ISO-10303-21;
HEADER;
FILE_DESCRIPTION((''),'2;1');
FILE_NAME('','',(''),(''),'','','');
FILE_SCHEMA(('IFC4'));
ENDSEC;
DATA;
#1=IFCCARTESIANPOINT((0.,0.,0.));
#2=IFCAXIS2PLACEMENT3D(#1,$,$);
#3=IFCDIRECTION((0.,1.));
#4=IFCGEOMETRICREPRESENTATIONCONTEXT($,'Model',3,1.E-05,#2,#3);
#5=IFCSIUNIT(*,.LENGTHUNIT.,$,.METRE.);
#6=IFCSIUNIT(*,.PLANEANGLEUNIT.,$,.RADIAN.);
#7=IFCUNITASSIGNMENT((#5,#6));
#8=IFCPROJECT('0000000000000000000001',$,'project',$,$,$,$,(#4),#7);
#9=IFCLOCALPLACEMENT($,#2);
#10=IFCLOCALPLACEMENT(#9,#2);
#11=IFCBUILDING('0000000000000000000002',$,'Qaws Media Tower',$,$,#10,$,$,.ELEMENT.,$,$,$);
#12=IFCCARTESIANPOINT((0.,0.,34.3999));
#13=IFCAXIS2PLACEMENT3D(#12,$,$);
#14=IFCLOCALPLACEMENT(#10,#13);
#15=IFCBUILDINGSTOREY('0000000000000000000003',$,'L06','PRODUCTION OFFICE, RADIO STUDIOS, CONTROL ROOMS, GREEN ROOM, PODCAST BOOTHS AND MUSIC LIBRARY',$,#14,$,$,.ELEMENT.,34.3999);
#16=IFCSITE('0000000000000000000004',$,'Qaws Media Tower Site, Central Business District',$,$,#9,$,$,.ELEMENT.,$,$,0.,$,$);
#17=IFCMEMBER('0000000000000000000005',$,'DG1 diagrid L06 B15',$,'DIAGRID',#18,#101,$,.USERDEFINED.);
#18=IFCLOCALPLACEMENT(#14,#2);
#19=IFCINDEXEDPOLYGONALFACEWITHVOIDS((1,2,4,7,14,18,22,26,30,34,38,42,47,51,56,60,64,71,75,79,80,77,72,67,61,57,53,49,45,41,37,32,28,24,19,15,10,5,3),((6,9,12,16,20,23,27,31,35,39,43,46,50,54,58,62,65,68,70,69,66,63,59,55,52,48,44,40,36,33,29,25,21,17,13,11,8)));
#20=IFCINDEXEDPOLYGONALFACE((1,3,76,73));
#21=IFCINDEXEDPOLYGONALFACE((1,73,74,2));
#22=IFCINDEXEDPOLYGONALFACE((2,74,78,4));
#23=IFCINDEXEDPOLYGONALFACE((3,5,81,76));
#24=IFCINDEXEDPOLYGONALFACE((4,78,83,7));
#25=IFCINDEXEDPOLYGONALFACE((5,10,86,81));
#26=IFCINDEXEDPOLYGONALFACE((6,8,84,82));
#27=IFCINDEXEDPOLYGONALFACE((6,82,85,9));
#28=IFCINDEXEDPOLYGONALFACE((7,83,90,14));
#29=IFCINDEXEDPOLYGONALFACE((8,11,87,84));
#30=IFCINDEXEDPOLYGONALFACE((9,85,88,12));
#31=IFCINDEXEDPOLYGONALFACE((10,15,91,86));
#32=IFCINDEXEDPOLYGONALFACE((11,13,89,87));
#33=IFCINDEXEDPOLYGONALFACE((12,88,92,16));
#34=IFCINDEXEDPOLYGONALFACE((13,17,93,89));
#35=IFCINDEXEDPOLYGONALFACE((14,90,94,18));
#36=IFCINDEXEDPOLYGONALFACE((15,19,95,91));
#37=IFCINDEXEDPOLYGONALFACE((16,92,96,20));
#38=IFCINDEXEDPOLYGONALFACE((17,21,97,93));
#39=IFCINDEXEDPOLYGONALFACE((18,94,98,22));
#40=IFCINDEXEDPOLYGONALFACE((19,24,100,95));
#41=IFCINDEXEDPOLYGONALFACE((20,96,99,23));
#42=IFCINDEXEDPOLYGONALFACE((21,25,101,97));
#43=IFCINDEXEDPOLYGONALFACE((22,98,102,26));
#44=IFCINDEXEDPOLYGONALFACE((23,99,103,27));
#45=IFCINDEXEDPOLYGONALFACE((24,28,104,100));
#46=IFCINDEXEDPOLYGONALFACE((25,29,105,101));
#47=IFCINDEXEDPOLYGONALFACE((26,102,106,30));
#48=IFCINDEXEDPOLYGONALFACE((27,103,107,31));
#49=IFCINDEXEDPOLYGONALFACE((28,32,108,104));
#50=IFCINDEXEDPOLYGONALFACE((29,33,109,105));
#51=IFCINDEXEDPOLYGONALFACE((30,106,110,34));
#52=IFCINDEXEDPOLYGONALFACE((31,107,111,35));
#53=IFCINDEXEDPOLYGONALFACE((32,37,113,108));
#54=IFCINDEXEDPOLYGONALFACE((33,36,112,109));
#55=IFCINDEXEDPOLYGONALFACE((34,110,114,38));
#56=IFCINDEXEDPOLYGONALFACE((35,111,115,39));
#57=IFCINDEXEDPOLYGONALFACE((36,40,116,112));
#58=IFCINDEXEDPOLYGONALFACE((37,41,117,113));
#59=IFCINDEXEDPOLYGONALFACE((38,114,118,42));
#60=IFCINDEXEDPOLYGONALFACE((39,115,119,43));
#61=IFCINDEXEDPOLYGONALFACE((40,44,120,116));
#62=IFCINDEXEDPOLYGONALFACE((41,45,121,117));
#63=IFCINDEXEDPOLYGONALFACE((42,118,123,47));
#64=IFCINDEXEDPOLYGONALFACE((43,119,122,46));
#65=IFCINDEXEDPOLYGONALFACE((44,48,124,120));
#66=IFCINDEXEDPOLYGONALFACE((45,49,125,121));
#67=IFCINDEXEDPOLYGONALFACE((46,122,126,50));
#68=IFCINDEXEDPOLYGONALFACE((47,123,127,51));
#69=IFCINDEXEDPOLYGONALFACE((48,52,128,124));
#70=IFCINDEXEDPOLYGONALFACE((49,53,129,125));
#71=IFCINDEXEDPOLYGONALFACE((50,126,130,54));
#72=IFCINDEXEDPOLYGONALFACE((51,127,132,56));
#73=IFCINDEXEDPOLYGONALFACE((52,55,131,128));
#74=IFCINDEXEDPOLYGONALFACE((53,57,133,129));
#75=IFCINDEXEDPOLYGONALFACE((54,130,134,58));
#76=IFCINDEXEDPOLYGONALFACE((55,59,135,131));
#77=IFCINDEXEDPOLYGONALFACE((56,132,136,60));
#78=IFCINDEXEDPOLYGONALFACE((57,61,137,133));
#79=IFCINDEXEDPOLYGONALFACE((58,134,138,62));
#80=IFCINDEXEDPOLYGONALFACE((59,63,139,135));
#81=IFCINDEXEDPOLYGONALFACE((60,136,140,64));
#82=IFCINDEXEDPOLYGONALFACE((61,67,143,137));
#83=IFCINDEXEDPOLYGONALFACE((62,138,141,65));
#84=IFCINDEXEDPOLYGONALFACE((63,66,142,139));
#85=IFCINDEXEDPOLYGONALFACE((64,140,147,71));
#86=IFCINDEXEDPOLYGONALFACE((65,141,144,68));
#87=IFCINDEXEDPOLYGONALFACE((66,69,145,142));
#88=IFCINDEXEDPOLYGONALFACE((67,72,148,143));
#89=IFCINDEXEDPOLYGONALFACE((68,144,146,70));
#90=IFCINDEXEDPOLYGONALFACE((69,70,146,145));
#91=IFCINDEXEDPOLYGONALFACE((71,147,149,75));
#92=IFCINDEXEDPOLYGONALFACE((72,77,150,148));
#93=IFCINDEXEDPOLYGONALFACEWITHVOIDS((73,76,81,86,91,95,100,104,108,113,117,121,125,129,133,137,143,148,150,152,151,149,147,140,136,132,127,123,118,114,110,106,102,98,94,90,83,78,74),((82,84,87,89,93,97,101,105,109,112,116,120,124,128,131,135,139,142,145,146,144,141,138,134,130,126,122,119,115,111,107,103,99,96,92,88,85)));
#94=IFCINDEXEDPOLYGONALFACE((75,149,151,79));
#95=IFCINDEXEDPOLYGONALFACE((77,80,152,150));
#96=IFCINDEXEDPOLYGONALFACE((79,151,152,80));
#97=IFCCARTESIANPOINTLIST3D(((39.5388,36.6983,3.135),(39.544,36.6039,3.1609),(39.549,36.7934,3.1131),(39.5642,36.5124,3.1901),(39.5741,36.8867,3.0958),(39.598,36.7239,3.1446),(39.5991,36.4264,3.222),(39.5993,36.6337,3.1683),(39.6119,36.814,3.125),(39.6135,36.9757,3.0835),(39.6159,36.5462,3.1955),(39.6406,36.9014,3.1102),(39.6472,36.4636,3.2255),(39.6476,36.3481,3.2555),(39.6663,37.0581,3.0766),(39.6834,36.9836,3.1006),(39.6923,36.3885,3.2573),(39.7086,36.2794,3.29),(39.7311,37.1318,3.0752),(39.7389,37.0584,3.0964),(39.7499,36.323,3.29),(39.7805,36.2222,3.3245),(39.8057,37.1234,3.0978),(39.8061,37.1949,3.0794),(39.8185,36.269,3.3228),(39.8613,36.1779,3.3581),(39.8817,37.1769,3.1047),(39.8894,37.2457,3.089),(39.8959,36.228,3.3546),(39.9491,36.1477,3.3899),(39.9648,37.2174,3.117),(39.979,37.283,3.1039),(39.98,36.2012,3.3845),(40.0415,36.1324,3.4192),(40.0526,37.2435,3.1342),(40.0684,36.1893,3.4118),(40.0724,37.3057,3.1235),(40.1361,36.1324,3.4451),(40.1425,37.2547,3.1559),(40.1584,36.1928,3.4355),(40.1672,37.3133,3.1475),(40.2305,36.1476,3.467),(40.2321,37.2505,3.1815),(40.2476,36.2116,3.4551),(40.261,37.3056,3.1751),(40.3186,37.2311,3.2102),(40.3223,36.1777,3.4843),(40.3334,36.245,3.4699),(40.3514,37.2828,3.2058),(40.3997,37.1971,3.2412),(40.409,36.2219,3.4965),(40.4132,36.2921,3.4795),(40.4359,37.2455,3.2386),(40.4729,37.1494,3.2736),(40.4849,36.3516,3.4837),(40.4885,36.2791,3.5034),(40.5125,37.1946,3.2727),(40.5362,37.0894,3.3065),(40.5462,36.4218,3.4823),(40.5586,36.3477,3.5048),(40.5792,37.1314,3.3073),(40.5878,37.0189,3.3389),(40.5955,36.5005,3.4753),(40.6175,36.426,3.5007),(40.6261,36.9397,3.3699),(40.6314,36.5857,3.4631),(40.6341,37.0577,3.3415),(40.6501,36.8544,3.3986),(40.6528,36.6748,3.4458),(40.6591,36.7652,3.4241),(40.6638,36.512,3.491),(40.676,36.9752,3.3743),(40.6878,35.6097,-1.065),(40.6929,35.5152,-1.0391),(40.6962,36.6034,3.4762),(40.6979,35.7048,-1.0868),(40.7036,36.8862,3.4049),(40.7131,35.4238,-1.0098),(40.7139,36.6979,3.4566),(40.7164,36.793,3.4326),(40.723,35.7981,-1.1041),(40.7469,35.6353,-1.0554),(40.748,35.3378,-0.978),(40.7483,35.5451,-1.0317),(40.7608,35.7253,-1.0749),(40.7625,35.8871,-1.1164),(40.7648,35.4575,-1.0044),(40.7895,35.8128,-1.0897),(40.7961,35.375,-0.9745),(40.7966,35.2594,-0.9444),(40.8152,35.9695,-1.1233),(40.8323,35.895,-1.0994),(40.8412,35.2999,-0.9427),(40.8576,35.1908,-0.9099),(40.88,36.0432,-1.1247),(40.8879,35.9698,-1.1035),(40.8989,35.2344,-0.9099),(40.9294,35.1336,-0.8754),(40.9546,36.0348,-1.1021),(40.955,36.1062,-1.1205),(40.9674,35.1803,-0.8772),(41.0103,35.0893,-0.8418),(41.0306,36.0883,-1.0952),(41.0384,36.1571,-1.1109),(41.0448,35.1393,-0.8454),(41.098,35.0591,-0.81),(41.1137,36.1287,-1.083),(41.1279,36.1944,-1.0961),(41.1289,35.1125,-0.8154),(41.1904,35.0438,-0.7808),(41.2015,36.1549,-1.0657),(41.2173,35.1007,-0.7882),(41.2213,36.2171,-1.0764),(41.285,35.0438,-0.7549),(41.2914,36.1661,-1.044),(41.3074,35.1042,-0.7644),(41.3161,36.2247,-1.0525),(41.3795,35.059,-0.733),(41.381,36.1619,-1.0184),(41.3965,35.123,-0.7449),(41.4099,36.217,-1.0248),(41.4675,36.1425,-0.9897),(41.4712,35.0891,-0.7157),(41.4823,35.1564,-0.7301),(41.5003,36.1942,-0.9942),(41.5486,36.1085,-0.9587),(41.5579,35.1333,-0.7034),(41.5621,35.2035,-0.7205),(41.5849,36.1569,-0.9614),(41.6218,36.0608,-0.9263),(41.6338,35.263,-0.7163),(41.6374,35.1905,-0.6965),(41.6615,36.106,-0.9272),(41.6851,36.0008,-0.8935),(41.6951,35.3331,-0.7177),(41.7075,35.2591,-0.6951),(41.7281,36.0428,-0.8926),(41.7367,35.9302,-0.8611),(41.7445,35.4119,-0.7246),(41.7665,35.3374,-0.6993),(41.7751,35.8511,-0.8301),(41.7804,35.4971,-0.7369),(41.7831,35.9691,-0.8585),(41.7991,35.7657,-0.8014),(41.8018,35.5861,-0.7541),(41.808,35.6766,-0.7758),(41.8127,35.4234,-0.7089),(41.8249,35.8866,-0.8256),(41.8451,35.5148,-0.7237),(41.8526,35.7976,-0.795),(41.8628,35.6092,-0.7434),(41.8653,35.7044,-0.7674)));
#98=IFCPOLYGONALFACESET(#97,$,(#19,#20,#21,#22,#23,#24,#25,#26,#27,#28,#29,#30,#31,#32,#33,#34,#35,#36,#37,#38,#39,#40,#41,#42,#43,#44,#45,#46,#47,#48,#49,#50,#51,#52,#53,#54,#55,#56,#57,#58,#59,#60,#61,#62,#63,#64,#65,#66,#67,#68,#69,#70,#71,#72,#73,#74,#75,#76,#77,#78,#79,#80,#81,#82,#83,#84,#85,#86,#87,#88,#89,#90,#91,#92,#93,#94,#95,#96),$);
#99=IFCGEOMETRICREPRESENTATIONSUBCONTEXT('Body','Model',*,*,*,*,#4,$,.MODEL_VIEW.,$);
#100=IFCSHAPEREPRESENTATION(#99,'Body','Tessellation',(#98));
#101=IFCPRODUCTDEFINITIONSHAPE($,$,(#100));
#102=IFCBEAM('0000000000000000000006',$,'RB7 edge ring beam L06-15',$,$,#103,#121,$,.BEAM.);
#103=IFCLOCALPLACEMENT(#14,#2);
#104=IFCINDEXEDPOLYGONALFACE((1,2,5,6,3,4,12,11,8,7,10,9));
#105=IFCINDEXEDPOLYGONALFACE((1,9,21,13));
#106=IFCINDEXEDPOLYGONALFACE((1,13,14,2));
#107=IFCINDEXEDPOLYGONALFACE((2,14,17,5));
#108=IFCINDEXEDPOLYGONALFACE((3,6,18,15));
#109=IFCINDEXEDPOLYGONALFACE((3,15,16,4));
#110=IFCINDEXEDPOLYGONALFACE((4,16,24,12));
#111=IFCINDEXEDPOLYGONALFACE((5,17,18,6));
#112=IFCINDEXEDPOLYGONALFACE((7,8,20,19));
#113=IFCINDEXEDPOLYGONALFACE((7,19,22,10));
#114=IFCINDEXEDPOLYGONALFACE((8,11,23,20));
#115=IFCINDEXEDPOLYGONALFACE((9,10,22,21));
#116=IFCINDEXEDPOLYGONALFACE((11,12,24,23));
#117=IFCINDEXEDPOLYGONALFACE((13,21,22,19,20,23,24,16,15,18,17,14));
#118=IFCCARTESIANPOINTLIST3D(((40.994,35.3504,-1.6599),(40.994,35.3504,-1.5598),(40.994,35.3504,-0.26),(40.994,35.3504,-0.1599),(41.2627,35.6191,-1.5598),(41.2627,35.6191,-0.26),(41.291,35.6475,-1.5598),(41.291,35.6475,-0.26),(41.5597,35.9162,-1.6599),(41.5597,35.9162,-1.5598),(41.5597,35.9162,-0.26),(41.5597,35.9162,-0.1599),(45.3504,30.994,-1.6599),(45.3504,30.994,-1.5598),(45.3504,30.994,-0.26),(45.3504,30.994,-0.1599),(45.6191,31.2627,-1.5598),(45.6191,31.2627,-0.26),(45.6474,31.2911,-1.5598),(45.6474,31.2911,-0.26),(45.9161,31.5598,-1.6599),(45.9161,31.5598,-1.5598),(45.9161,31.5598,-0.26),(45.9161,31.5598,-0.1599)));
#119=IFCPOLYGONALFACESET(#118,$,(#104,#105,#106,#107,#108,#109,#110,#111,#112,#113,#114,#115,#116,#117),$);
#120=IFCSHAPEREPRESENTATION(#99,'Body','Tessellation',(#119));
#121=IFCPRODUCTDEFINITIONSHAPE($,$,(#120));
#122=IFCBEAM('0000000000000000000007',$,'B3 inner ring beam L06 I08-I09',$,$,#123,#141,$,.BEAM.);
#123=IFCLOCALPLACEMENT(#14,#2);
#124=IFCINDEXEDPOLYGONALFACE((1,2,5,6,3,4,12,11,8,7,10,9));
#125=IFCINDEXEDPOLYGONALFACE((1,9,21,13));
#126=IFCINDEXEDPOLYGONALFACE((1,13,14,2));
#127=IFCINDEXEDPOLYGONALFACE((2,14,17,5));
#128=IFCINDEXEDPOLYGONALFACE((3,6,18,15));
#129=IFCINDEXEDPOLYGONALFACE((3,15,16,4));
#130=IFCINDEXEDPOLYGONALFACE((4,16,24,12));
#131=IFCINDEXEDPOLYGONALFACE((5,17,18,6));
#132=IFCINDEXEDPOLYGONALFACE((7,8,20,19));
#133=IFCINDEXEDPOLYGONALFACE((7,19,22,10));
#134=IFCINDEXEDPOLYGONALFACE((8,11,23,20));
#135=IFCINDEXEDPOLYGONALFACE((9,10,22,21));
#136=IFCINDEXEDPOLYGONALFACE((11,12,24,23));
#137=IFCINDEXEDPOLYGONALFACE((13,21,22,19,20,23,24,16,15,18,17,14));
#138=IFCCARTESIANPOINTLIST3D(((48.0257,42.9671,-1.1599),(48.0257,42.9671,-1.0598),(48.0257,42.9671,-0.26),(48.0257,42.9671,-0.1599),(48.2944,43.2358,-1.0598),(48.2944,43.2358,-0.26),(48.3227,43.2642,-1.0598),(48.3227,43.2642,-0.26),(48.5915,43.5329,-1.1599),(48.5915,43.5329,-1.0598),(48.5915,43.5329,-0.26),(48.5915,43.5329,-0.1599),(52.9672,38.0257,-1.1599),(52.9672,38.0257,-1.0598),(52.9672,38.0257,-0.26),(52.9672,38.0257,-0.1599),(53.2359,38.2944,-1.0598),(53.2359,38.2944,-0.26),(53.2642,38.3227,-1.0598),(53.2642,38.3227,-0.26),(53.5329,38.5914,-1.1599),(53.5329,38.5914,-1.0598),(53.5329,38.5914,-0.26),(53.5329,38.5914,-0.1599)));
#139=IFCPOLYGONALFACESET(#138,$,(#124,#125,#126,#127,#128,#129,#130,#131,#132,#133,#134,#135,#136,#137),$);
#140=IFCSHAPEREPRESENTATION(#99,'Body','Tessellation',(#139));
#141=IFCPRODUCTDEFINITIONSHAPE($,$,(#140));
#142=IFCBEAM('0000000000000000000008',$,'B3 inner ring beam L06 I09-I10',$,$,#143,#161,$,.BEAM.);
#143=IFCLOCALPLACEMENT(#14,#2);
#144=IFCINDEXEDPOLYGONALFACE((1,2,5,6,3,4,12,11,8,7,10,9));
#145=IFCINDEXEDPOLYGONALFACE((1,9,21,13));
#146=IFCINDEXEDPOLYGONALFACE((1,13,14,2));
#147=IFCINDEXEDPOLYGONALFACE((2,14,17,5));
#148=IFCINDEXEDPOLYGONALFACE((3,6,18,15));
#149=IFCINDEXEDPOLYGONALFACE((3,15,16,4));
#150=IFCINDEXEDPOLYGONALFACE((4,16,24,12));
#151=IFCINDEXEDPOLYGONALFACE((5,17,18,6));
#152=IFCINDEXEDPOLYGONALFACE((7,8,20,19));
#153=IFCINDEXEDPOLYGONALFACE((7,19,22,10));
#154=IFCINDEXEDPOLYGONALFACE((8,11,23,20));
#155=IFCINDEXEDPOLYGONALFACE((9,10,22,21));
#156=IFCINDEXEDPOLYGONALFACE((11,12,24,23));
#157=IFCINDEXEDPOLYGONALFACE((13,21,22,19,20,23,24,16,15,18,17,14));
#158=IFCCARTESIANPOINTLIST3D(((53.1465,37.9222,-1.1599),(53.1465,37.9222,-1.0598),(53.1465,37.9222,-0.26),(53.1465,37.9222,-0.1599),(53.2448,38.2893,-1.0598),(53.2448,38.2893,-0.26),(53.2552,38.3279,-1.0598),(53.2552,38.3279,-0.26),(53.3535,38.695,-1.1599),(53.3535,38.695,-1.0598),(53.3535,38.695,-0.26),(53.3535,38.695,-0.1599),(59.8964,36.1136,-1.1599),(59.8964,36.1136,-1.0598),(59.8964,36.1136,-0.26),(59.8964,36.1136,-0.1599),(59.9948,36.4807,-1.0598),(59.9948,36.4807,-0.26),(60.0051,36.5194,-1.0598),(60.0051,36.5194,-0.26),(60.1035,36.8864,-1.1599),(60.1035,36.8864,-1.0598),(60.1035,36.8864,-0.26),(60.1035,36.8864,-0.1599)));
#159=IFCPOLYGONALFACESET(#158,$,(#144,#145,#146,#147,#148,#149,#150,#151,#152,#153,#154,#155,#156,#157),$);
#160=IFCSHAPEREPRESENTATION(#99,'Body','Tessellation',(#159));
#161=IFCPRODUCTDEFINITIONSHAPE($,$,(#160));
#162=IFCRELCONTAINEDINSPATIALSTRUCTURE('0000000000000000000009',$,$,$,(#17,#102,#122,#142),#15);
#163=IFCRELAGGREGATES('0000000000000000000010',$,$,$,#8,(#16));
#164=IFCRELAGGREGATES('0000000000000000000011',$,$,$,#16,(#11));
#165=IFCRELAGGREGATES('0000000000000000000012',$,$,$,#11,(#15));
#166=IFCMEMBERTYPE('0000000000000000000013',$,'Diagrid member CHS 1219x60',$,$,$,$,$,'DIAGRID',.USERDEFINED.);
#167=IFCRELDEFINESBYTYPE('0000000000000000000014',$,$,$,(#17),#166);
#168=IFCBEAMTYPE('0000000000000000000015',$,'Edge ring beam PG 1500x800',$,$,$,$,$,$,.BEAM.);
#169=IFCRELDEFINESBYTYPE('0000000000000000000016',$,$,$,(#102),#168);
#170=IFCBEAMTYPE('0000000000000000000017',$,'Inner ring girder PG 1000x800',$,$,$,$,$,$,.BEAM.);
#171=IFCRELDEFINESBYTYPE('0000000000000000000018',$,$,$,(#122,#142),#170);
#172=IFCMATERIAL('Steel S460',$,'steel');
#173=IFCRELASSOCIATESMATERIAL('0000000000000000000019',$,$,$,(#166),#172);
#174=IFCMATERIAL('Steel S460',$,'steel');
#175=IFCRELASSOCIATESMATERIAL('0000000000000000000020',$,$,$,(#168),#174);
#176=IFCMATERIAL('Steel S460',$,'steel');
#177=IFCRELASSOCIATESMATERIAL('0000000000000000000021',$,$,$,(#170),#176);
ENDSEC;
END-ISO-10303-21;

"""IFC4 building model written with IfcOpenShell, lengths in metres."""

from ifc_helpers import new_model, si_unit, direction, frame, origin, origin_2d, place, context, subcontext, project, spatial, hollow_circle, i_section, extrude, material, material_profile, profile_set, type_object, element, save


model = new_model("IFC4")

# Units and contexts
model_context = context("Model", 3, precision=1e-05, world=origin(), true_north=direction((0.0, 1.0)))
body_context = subcontext(model_context, "Body", "Model", "MODEL_VIEW")
ifc_project = project(units=[si_unit("LENGTHUNIT", "METRE"), si_unit("PLANEANGLEUNIT", "RADIAN")], contexts=[model_context])

# Site, building, storey
site_placement = place(None, origin())
site = spatial("IfcSite", under=ifc_project, at=site_placement, Name="Qaws Media Tower Site, Central Business District", CompositionType="ELEMENT", RefElevation=0.0)
building_placement = place(site_placement, origin())
building = spatial("IfcBuilding", under=site, at=building_placement, Name="Qaws Media Tower", CompositionType="ELEMENT")
storey_placement = place(building_placement, frame((0.0, 0.0, 34.3999)))
storey = spatial("IfcBuildingStorey", under=building, at=storey_placement, Name="L06", Description="PRODUCTION OFFICE, RADIO STUDIOS, CONTROL ROOMS, GREEN ROOM, PODCAST BOOTHS AND MUSIC LIBRARY", CompositionType="ELEMENT", Elevation=34.3999)

# Member
ifc_material_1 = material(Name="Steel S460", Category="steel")
ifc_material_profile_1 = material_profile(ifc_material_1, hollow_circle(Radius=0.6096, WallThickness=0.0601, at=origin_2d()), Name="CHS 1219x60")
ifc_profile_set_1 = profile_set([ifc_material_profile_1], Name="Steel S460")
member_type_1 = type_object("IfcMemberType", Name="Diagrid member CHS 1219x60", ElementType="DIAGRID", PredefinedType="USERDEFINED", material=ifc_profile_set_1)
for number, where, z_axis, x_axis, name in (
    (1, (41.2769, 35.6333, -0.9099), (-0.255983, 0.242548, 0.935758), (-0.6878, -0.7259, 0.0), "DG1 diagrid L06 B15"),
):
    element("IfcMember", number, at=place(storey_placement, frame(where, z_axis=z_axis, x_axis=x_axis)), inside=storey, type_object=member_type_1, Name=name, ObjectType="DIAGRID", PredefinedType="USERDEFINED", context=body_context, shape_type="SweptSolid", body=[
        extrude(hollow_circle(Radius=0.6096, WallThickness=0.0601, at=origin_2d()), origin(), (0.0, 0.0, 1.0), 4.4883),
    ])

# Beams
ifc_material_2 = material(Name="Steel S460", Category="steel")
ifc_material_profile_2 = material_profile(ifc_material_2, i_section(OverallWidth=0.8, OverallDepth=1.5, WebThickness=0.04, FlangeThickness=0.1001, at=origin_2d()), Name="PG 1500x800")
ifc_profile_set_2 = profile_set([ifc_material_profile_2], Name="Steel S460")
beam_type_1 = type_object("IfcBeamType", Name="Edge ring beam PG 1500x800", PredefinedType="BEAM", material=ifc_profile_set_2)
beam_1_placement = place(storey_placement, frame((41.2769, 35.6333, -0.9099), z_axis=(0.707107, -0.707107, 0.0), x_axis=(0.707107, 0.707107, 0.0)))
element("IfcBeam", 2, at=beam_1_placement, inside=storey, type_object=beam_type_1, Name="RB7 edge ring beam L06-15", PredefinedType="BEAM", context=body_context, shape_type="SweptSolid", body=[
    extrude(i_section(OverallWidth=0.8, OverallDepth=1.5, WebThickness=0.04, FlangeThickness=0.1001, at=origin_2d()), origin(), (0.0, 0.0, 1.0), 6.1609),
])
ifc_material_3 = material(Name="Steel S460", Category="steel")
ifc_material_profile_3 = material_profile(ifc_material_3, i_section(OverallWidth=0.8, OverallDepth=1.0, WebThickness=0.04, FlangeThickness=0.1001, at=origin_2d()), Name="PG 1000x800")
ifc_profile_set_3 = profile_set([ifc_material_profile_3], Name="Steel S460")
beam_type_2 = type_object("IfcBeamType", Name="Inner ring girder PG 1000x800", PredefinedType="BEAM", material=ifc_profile_set_3)
beam_2_placement = place(storey_placement, frame((48.3086, 43.25, -0.6599), z_axis=(0.707107, -0.707107, 0.0), x_axis=(0.707107, 0.707107, 0.0)))
element("IfcBeam", 3, at=beam_2_placement, inside=storey, type_object=beam_type_2, Name="B3 inner ring beam L06 I08-I09", PredefinedType="BEAM", context=body_context, shape_type="SweptSolid", body=[
    extrude(i_section(OverallWidth=0.8, OverallDepth=1.0, WebThickness=0.04, FlangeThickness=0.1001, at=origin_2d()), origin(), (0.0, 0.0, 1.0), 6.9883),
])
beam_3_placement = place(storey_placement, frame((53.25, 38.3086, -0.6599), z_axis=(0.965928, -0.258811, 0.0), x_axis=(0.258811, 0.965928, 0.0)))
element("IfcBeam", 4, at=beam_3_placement, inside=storey, type_object=beam_type_2, Name="B3 inner ring beam L06 I09-I10", PredefinedType="BEAM", context=body_context, shape_type="SweptSolid", body=[
    extrude(i_section(OverallWidth=0.8, OverallDepth=1.0, WebThickness=0.04, FlangeThickness=0.1001, at=origin_2d()), origin(), (0.0, 0.0, 1.0), 6.988),
])

save(model, "model.ifc")
